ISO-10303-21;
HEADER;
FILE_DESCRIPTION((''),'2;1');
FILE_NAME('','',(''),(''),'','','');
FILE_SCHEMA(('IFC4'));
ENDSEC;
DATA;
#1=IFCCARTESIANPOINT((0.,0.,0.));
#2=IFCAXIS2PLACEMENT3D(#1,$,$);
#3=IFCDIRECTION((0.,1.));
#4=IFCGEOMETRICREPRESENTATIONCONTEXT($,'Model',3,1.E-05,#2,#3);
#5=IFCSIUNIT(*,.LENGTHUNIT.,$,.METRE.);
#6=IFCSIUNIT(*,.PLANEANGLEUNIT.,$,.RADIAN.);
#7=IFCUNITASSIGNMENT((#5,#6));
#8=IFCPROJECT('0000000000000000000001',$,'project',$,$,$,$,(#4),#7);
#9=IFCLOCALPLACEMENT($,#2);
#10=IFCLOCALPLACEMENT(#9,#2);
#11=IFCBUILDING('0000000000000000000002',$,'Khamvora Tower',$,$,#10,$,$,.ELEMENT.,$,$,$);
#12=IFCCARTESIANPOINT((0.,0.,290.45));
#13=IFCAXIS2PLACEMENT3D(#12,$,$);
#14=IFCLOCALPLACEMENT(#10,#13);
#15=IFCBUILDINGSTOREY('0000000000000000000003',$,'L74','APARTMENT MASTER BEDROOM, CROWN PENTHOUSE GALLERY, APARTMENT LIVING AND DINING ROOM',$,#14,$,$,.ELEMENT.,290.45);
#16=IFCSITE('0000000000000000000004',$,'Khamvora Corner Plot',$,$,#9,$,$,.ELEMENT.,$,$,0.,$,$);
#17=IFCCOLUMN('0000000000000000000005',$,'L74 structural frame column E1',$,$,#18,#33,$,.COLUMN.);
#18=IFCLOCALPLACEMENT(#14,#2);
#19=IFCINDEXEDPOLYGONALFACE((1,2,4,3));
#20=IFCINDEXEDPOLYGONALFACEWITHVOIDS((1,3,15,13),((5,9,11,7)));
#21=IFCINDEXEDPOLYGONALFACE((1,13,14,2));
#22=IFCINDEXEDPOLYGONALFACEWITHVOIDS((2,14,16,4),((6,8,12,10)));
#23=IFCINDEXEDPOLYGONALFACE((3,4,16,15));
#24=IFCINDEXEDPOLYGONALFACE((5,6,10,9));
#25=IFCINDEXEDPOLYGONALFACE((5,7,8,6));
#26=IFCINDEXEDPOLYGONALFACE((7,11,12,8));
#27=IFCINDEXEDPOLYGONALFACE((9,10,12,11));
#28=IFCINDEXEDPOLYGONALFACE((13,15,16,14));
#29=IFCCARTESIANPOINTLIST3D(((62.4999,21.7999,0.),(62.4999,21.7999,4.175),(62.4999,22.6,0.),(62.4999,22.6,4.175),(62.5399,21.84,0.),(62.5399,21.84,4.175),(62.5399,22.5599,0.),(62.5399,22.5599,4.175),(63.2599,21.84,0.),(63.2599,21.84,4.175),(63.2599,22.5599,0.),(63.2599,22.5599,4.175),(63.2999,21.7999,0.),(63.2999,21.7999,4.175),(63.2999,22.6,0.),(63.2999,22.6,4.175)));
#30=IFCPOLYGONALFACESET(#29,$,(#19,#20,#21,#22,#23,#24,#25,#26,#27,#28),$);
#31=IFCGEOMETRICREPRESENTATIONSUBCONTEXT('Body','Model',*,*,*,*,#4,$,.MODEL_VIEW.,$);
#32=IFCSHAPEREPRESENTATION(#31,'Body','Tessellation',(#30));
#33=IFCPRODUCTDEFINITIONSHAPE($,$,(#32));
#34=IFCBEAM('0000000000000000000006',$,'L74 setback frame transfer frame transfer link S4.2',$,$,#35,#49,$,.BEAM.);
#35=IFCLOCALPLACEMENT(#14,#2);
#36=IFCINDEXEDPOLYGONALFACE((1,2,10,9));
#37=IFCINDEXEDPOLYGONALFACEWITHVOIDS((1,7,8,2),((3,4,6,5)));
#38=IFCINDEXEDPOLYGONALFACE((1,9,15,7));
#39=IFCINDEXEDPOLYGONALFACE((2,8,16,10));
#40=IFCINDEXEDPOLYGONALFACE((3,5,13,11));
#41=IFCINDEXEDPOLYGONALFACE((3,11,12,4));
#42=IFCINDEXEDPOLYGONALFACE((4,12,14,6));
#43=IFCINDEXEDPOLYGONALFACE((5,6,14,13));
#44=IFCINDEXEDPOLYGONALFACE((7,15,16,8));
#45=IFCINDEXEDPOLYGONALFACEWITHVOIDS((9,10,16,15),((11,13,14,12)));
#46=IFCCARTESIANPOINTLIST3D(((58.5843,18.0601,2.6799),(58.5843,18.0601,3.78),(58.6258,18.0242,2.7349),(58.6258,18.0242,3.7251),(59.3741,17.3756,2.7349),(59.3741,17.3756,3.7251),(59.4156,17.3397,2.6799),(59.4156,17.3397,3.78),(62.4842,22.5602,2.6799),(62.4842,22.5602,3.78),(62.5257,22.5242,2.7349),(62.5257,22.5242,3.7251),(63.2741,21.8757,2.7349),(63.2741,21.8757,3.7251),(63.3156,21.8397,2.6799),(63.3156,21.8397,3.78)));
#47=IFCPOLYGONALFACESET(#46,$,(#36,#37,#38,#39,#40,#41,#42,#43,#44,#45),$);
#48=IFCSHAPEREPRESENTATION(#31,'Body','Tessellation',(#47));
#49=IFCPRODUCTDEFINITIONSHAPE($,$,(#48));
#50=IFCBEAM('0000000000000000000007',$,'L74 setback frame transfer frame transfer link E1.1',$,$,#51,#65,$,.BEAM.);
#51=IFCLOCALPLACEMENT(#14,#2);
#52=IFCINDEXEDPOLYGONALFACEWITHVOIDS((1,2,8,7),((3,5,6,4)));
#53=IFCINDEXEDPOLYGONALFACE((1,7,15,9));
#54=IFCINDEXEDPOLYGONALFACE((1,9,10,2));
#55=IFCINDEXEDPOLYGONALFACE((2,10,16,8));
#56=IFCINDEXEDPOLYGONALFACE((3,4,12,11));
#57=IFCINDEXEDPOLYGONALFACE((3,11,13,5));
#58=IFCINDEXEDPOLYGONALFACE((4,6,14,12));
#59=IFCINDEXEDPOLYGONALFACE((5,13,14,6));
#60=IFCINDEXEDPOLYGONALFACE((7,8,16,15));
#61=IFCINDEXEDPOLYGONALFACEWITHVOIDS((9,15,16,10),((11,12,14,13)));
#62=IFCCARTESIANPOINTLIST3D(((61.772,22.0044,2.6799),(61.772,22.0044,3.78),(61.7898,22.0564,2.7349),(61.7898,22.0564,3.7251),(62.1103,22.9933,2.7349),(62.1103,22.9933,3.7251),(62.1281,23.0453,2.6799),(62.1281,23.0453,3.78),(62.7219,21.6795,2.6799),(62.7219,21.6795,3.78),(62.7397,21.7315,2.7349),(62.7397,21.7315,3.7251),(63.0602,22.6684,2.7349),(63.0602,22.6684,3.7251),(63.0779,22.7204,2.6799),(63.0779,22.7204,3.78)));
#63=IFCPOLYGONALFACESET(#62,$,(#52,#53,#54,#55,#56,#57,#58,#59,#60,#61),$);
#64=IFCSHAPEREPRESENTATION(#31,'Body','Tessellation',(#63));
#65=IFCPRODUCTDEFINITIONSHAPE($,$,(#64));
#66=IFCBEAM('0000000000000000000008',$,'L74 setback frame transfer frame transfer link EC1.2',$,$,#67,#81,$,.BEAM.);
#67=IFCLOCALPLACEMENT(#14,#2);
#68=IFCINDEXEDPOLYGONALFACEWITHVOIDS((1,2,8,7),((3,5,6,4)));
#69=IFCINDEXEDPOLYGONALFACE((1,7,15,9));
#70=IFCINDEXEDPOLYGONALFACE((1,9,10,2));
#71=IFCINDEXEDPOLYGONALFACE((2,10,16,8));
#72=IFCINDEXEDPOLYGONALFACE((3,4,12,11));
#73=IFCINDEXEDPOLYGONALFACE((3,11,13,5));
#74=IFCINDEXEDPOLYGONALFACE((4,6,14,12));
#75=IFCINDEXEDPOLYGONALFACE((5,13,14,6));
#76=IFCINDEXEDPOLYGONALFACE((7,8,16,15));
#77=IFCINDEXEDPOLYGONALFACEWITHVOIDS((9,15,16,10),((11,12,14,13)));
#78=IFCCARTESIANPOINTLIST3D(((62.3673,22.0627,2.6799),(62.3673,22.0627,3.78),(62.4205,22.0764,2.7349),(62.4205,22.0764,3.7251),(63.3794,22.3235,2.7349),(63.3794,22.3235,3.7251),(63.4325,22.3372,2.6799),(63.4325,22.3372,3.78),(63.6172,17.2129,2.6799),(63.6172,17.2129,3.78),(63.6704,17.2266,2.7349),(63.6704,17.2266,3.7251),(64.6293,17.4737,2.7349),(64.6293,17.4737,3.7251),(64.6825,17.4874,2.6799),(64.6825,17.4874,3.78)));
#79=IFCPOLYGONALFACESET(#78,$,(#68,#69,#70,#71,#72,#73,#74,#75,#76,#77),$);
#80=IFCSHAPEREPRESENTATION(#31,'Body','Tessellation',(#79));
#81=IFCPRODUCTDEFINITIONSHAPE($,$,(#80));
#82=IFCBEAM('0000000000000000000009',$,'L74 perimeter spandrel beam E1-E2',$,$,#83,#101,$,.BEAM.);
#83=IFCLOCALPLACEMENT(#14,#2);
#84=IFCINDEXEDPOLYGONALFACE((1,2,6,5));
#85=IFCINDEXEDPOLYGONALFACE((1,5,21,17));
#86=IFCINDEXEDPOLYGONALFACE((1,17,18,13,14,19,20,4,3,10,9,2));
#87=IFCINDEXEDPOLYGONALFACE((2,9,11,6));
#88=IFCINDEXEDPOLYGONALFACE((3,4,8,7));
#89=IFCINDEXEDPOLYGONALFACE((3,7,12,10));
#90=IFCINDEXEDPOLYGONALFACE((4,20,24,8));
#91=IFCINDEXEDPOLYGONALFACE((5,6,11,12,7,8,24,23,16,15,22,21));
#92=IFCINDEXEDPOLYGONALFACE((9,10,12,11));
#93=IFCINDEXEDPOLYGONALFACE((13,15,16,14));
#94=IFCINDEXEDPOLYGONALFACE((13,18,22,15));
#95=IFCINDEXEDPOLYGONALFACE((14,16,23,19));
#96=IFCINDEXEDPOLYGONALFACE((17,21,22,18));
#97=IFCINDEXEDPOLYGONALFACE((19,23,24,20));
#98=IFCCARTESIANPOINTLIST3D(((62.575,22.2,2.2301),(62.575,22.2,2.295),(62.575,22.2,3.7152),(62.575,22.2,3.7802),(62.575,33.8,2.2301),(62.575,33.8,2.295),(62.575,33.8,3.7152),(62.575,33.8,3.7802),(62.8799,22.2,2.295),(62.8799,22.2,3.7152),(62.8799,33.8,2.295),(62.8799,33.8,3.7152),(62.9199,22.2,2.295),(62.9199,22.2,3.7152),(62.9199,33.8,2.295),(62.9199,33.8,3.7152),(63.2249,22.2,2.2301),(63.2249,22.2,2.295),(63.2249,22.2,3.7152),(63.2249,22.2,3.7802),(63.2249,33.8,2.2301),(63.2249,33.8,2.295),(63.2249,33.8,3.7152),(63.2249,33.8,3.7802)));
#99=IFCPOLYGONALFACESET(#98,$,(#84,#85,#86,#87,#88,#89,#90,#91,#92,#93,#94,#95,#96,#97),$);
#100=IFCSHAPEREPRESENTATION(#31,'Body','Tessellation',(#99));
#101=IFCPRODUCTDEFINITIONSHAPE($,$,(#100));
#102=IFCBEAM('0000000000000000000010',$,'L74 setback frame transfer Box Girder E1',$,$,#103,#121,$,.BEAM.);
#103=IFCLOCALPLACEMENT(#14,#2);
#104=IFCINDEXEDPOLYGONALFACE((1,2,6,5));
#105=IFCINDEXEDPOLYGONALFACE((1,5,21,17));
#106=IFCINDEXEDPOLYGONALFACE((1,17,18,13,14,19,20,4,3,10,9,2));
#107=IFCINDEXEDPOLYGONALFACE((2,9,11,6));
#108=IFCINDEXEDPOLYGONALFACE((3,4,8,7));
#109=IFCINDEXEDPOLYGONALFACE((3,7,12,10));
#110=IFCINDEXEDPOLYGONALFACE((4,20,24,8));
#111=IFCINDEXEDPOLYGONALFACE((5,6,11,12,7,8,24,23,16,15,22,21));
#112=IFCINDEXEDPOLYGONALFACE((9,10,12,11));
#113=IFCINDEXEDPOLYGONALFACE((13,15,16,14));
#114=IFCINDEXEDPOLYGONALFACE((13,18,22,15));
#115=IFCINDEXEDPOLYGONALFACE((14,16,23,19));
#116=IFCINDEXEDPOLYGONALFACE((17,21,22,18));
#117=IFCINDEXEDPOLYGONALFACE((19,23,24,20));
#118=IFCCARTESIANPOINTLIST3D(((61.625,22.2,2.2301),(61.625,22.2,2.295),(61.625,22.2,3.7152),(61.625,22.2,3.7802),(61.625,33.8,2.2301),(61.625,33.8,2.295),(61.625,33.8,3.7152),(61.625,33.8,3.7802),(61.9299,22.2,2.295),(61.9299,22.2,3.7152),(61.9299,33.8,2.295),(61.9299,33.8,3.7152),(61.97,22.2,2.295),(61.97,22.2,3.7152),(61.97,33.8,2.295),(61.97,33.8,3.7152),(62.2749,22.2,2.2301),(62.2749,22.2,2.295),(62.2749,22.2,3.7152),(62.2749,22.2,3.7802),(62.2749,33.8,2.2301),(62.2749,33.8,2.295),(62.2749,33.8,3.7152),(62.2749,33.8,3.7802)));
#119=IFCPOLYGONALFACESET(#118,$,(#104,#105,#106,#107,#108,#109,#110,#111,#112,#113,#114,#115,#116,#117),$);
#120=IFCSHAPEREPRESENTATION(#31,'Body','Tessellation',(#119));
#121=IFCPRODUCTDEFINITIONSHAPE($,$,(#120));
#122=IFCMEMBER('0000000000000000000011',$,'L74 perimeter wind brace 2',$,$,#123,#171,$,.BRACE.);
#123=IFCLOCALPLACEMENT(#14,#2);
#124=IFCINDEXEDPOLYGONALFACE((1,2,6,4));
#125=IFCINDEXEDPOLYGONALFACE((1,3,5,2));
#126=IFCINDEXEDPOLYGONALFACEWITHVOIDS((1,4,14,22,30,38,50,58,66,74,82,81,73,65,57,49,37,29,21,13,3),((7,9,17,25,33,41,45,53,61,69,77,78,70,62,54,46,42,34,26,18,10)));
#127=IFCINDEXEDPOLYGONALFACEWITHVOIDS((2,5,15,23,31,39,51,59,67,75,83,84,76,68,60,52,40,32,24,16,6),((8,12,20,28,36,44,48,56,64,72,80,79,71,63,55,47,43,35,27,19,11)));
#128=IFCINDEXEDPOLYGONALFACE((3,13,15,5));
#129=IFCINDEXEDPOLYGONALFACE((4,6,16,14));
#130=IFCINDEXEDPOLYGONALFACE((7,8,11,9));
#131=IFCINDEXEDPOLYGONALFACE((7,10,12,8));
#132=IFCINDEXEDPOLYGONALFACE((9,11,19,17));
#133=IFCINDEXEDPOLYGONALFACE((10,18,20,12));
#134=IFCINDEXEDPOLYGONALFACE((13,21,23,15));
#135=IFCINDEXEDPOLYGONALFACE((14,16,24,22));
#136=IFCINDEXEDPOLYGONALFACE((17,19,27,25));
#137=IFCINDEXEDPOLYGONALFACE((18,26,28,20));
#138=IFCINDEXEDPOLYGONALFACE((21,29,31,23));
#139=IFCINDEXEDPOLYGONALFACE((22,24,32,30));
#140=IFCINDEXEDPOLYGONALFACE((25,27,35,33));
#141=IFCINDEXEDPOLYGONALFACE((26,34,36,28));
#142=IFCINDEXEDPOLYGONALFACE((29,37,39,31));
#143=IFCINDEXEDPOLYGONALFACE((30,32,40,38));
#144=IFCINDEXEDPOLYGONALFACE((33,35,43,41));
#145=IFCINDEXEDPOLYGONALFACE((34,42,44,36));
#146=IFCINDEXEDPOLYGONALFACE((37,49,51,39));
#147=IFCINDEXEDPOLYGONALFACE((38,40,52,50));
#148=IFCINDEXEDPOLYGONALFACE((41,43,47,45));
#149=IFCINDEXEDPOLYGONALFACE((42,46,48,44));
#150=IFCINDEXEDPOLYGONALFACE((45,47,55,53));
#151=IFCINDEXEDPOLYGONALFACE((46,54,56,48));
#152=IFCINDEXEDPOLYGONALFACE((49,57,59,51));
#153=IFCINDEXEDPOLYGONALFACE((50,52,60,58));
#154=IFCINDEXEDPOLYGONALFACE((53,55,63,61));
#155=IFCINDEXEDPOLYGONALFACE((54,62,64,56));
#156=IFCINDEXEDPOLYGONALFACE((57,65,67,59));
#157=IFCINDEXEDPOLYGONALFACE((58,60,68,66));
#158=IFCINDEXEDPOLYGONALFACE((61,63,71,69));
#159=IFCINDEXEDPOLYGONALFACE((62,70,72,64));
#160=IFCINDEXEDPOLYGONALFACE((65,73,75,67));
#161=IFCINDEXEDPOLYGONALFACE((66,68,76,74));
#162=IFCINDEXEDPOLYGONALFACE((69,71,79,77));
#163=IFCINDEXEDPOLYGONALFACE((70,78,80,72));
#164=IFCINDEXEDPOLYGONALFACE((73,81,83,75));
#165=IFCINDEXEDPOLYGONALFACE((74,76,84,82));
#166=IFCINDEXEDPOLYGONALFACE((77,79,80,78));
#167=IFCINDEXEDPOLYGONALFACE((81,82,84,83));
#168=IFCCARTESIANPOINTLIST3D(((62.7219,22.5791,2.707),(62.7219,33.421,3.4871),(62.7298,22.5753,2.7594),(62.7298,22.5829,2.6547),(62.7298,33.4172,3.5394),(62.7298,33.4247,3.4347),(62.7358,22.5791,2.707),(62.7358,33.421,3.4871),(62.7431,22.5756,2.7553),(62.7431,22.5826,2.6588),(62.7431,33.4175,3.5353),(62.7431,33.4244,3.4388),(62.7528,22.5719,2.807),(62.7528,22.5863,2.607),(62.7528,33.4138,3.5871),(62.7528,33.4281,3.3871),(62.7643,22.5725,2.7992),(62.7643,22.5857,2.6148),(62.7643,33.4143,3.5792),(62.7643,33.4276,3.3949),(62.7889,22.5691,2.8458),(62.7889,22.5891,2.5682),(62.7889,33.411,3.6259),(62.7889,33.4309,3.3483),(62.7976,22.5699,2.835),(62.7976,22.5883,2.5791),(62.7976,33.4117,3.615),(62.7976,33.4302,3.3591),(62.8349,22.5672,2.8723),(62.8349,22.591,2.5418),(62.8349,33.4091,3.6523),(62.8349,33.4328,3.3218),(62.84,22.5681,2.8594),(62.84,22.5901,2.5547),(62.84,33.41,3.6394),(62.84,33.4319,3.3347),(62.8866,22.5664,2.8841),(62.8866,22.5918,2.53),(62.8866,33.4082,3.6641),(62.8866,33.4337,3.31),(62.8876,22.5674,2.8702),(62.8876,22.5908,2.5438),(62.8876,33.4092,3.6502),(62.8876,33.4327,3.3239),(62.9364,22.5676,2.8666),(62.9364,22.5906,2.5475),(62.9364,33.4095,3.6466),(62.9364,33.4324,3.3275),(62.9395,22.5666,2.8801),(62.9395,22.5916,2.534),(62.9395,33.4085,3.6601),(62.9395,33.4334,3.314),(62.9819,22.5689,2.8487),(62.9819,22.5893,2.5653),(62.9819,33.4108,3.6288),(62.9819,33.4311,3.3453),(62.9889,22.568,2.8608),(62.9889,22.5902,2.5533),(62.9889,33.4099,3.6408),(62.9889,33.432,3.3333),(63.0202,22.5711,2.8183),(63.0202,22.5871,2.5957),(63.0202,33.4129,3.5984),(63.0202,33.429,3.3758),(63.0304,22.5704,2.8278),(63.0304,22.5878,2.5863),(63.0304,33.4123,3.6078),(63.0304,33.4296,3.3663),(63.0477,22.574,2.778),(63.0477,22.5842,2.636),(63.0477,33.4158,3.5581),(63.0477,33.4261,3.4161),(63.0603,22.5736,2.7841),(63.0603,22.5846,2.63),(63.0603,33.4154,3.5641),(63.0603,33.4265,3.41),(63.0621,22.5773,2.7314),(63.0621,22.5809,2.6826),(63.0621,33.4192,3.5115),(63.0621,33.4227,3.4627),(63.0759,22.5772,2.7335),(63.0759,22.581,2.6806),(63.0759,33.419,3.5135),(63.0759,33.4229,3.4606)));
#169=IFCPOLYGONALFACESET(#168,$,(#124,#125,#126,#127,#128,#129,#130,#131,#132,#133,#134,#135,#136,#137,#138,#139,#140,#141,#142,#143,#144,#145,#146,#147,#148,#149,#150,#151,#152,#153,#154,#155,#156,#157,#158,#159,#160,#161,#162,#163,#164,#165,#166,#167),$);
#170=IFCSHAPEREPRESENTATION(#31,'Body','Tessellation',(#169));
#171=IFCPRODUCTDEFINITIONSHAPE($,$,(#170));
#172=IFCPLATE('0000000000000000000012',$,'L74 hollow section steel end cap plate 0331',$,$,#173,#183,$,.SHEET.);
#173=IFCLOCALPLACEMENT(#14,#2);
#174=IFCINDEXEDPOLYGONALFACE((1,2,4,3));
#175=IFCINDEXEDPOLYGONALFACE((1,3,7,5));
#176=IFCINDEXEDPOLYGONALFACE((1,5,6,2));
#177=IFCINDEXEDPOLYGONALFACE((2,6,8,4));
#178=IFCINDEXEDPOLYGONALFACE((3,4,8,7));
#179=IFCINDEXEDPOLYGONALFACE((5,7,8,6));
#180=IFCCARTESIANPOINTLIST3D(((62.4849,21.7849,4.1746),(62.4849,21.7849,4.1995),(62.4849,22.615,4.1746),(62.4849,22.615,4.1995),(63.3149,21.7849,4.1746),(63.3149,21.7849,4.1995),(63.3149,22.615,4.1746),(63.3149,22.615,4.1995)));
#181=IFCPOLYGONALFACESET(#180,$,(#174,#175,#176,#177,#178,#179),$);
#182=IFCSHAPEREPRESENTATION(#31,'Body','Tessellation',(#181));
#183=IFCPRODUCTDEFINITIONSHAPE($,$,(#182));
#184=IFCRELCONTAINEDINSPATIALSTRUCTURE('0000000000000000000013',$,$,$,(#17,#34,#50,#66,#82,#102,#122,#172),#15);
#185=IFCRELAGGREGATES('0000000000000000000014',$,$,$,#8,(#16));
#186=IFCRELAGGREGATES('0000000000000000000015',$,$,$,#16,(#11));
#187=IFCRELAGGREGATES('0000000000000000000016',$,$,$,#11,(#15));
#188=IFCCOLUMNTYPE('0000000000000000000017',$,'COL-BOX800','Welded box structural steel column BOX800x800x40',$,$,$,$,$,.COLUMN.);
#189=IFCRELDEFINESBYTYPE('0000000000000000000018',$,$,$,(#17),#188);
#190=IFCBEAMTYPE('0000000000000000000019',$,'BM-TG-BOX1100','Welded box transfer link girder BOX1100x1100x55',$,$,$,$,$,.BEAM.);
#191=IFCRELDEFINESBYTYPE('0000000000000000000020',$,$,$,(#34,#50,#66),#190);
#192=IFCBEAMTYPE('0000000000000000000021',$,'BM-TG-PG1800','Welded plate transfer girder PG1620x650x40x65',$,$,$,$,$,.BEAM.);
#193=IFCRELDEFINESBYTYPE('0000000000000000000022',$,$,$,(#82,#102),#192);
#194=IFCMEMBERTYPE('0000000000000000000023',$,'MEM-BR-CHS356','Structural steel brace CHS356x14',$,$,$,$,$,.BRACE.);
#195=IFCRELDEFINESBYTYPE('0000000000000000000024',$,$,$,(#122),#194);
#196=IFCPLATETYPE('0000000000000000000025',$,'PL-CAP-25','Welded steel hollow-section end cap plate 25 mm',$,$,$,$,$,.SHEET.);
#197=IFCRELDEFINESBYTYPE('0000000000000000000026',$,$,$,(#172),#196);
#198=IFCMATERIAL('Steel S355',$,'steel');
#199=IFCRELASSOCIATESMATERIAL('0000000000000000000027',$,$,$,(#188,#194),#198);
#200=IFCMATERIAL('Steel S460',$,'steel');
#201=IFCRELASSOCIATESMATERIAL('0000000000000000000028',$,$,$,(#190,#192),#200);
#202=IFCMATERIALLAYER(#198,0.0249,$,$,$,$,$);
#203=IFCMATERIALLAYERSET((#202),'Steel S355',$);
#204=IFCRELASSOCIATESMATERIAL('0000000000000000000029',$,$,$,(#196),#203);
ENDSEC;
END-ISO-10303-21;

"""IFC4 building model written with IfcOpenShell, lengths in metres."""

from ifc_helpers import new_model, si_unit, direction, frame, origin, origin_2d, place, context, subcontext, project, spatial, rectangle, hollow_rectangle, hollow_circle, i_section, extrude, material, layer, layer_set, material_profile, profile_set, type_object, element, save


model = new_model("IFC4")

# Units and contexts
model_context = context("Model", 3, precision=1e-05, world=origin(), true_north=direction((0.0, 1.0)))
body_context = subcontext(model_context, "Body", "Model", "MODEL_VIEW")
ifc_project = project(units=[si_unit("LENGTHUNIT", "METRE"), si_unit("PLANEANGLEUNIT", "RADIAN")], contexts=[model_context])

# Site, building, storey
site_placement = place(None, origin())
site = spatial("IfcSite", under=ifc_project, at=site_placement, Name="Khamvora Corner Plot", CompositionType="ELEMENT", RefElevation=0.0)
building_placement = place(site_placement, origin())
building = spatial("IfcBuilding", under=site, at=building_placement, Name="Khamvora Tower", CompositionType="ELEMENT")
storey_placement = place(building_placement, frame((0.0, 0.0, 290.45)))
storey = spatial("IfcBuildingStorey", under=building, at=storey_placement, Name="L74", Description="APARTMENT MASTER BEDROOM, CROWN PENTHOUSE GALLERY, APARTMENT LIVING AND DINING ROOM", CompositionType="ELEMENT", Elevation=290.45)

# Column
ifc_material_1 = material(Name="Steel S355", Category="steel")
ifc_material_profile_1 = material_profile(ifc_material_1, hollow_rectangle(XDim=0.8, YDim=0.8, WallThickness=0.04, at=origin_2d()), Name="BOX800x800x40")
ifc_profile_set_1 = profile_set([ifc_material_profile_1], Name="Steel S355")
column_type = type_object("IfcColumnType", Name="COL-BOX800", Description="Welded box structural steel column BOX800x800x40", PredefinedType="COLUMN", material=ifc_profile_set_1)
column_placement = place(storey_placement, frame((62.8999, 22.2, 0.0), z_axis=(0.0, 0.0, 1.0), x_axis=(1.0, 0.0, 0.0)))
element("IfcColumn", 1, at=column_placement, inside=storey, type_object=column_type, Name="L74 structural frame column E1", PredefinedType="COLUMN", context=body_context, shape_type="SweptSolid", body=[
    extrude(hollow_rectangle(XDim=0.8, YDim=0.8, WallThickness=0.04, at=origin_2d()), origin(), (0.0, 0.0, 1.0), 4.175),
])

# Beams
ifc_material_2 = material(Name="Steel S460", Category="steel")
ifc_material_profile_2 = material_profile(ifc_material_2, hollow_rectangle(XDim=1.1001, YDim=1.1001, WallThickness=0.0549, at=origin_2d()), Name="BOX1100x1100x55")
ifc_profile_set_2 = profile_set([ifc_material_profile_2], Name="Steel S460")
beam_type_1 = type_object("IfcBeamType", Name="BM-TG-BOX1100", Description="Welded box transfer link girder BOX1100x1100x55", PredefinedType="BEAM", material=ifc_profile_set_2)
beam_1_placement = place(storey_placement, frame((62.8999, 22.2, 3.23), z_axis=(-0.654921, -0.755697, 0.0), x_axis=(0.755697, -0.654921, 0.0)))
element("IfcBeam", 2, at=beam_1_placement, inside=storey, type_object=beam_type_1, Name="L74 setback frame transfer frame transfer link S4.2", PredefinedType="BEAM", context=body_context, shape_type="SweptSolid", body=[
    extrude(hollow_rectangle(XDim=1.1001, YDim=1.1001, WallThickness=0.0549, at=origin_2d()), origin(), (0.0, 0.0, 1.0), 5.9548),
])
beam_2_placement = place(storey_placement, frame((62.8999, 22.2, 3.23), z_axis=(-0.946174, 0.323659, 0.0), x_axis=(-0.323659, -0.946174, 0.0)))
element("IfcBeam", 3, at=beam_2_placement, inside=storey, type_object=beam_type_1, Name="L74 setback frame transfer frame transfer link E1.1", PredefinedType="BEAM", context=body_context, shape_type="SweptSolid", body=[
    extrude(hollow_rectangle(XDim=1.1001, YDim=1.1001, WallThickness=0.0549, at=origin_2d()), origin(), (0.0, 0.0, 1.0), 1.0039),
])
beam_3_placement = place(storey_placement, frame((62.8999, 22.2, 3.23), z_axis=(0.249583, -0.968353, 0.0), x_axis=(0.968353, 0.249583, 0.0)))
element("IfcBeam", 4, at=beam_3_placement, inside=storey, type_object=beam_type_1, Name="L74 setback frame transfer frame transfer link EC1.2", PredefinedType="BEAM", context=body_context, shape_type="SweptSolid", body=[
    extrude(hollow_rectangle(XDim=1.1001, YDim=1.1001, WallThickness=0.0549, at=origin_2d()), origin(), (0.0, 0.0, 1.0), 5.0083),
])
ifc_material_profile_3 = material_profile(ifc_material_2, i_section(OverallWidth=0.6499, OverallDepth=1.55, WebThickness=0.04, FlangeThickness=0.0649, at=origin_2d()), Name="PG1550x650x40x65")
ifc_profile_set_3 = profile_set([ifc_material_profile_3], Name="Steel S460")
beam_type_2 = type_object("IfcBeamType", Name="BM-TG-PG1800", Description="Welded plate transfer girder PG1620x650x40x65", PredefinedType="BEAM", material=ifc_profile_set_3)
for number, where, z_axis, x_axis, name in (
    (5, (62.8999, 22.2, 3.0051), (0.0, 1.0, 0.0), (-1.0, 0.0, 0.0), "L74 perimeter spandrel beam E1-E2"),
    (6, (61.95, 22.2, 3.0051), (0.0, 1.0, 0.0), (-1.0, 0.0, 0.0), "L74 setback frame transfer Box Girder E1"),
):
    element("IfcBeam", number, at=place(storey_placement, frame(where, z_axis=z_axis, x_axis=x_axis)), inside=storey, type_object=beam_type_2, Name=name, PredefinedType="BEAM", context=body_context, shape_type="SweptSolid", body=[
        extrude(i_section(OverallWidth=0.6499, OverallDepth=1.55, WebThickness=0.04, FlangeThickness=0.0649, at=origin_2d()), origin(), (0.0, 0.0, 1.0), 11.6001),
    ])

# Member
ifc_material_profile_4 = material_profile(ifc_material_1, hollow_circle(Radius=0.178, WallThickness=0.0139, at=origin_2d()), Name="CHS356x14")
ifc_profile_set_4 = profile_set([ifc_material_profile_4], Name="Steel S355")
member_type = type_object("IfcMemberType", Name="MEM-BR-CHS356", Description="Structural steel brace CHS356x14", PredefinedType="BRACE", material=ifc_profile_set_4)
member_placement = place(storey_placement, frame((62.8999, 22.5791, 2.707), z_axis=(0.0, 0.997422, 0.071761), x_axis=(-1.0, 0.0, 0.0)))
element("IfcMember", 7, at=member_placement, inside=storey, type_object=member_type, Name="L74 perimeter wind brace 2", PredefinedType="BRACE", context=body_context, shape_type="SweptSolid", body=[
    extrude(hollow_circle(Radius=0.178, WallThickness=0.0139, at=origin_2d()), origin(), (0.0, 0.0, 1.0), 10.8699),
])

# Plate
ifc_layer_1 = layer(ifc_material_1, 0.0249)
ifc_layer_set_1 = layer_set([ifc_layer_1], Name="Steel S355")
plate_type_1 = type_object("IfcPlateType", Name="PL-CAP-25", Description="Welded steel hollow-section end cap plate 25 mm", PredefinedType="SHEET", material=ifc_layer_set_1)
plate_1_placement = place(storey_placement, frame((62.8999, 22.2, 4.1746), z_axis=(0.0, 0.0, 1.0), x_axis=(1.0, 0.0, 0.0)))
element("IfcPlate", 8, at=plate_1_placement, inside=storey, type_object=plate_type_1, Name="L74 hollow section steel end cap plate 0331", PredefinedType="SHEET", context=body_context, shape_type="SweptSolid", body=[
    extrude(rectangle(XDim=0.8301, YDim=0.8301, at=origin_2d()), origin(), (0.0, 0.0, 1.0), 0.0249),
])

save(model, "model.ifc")
